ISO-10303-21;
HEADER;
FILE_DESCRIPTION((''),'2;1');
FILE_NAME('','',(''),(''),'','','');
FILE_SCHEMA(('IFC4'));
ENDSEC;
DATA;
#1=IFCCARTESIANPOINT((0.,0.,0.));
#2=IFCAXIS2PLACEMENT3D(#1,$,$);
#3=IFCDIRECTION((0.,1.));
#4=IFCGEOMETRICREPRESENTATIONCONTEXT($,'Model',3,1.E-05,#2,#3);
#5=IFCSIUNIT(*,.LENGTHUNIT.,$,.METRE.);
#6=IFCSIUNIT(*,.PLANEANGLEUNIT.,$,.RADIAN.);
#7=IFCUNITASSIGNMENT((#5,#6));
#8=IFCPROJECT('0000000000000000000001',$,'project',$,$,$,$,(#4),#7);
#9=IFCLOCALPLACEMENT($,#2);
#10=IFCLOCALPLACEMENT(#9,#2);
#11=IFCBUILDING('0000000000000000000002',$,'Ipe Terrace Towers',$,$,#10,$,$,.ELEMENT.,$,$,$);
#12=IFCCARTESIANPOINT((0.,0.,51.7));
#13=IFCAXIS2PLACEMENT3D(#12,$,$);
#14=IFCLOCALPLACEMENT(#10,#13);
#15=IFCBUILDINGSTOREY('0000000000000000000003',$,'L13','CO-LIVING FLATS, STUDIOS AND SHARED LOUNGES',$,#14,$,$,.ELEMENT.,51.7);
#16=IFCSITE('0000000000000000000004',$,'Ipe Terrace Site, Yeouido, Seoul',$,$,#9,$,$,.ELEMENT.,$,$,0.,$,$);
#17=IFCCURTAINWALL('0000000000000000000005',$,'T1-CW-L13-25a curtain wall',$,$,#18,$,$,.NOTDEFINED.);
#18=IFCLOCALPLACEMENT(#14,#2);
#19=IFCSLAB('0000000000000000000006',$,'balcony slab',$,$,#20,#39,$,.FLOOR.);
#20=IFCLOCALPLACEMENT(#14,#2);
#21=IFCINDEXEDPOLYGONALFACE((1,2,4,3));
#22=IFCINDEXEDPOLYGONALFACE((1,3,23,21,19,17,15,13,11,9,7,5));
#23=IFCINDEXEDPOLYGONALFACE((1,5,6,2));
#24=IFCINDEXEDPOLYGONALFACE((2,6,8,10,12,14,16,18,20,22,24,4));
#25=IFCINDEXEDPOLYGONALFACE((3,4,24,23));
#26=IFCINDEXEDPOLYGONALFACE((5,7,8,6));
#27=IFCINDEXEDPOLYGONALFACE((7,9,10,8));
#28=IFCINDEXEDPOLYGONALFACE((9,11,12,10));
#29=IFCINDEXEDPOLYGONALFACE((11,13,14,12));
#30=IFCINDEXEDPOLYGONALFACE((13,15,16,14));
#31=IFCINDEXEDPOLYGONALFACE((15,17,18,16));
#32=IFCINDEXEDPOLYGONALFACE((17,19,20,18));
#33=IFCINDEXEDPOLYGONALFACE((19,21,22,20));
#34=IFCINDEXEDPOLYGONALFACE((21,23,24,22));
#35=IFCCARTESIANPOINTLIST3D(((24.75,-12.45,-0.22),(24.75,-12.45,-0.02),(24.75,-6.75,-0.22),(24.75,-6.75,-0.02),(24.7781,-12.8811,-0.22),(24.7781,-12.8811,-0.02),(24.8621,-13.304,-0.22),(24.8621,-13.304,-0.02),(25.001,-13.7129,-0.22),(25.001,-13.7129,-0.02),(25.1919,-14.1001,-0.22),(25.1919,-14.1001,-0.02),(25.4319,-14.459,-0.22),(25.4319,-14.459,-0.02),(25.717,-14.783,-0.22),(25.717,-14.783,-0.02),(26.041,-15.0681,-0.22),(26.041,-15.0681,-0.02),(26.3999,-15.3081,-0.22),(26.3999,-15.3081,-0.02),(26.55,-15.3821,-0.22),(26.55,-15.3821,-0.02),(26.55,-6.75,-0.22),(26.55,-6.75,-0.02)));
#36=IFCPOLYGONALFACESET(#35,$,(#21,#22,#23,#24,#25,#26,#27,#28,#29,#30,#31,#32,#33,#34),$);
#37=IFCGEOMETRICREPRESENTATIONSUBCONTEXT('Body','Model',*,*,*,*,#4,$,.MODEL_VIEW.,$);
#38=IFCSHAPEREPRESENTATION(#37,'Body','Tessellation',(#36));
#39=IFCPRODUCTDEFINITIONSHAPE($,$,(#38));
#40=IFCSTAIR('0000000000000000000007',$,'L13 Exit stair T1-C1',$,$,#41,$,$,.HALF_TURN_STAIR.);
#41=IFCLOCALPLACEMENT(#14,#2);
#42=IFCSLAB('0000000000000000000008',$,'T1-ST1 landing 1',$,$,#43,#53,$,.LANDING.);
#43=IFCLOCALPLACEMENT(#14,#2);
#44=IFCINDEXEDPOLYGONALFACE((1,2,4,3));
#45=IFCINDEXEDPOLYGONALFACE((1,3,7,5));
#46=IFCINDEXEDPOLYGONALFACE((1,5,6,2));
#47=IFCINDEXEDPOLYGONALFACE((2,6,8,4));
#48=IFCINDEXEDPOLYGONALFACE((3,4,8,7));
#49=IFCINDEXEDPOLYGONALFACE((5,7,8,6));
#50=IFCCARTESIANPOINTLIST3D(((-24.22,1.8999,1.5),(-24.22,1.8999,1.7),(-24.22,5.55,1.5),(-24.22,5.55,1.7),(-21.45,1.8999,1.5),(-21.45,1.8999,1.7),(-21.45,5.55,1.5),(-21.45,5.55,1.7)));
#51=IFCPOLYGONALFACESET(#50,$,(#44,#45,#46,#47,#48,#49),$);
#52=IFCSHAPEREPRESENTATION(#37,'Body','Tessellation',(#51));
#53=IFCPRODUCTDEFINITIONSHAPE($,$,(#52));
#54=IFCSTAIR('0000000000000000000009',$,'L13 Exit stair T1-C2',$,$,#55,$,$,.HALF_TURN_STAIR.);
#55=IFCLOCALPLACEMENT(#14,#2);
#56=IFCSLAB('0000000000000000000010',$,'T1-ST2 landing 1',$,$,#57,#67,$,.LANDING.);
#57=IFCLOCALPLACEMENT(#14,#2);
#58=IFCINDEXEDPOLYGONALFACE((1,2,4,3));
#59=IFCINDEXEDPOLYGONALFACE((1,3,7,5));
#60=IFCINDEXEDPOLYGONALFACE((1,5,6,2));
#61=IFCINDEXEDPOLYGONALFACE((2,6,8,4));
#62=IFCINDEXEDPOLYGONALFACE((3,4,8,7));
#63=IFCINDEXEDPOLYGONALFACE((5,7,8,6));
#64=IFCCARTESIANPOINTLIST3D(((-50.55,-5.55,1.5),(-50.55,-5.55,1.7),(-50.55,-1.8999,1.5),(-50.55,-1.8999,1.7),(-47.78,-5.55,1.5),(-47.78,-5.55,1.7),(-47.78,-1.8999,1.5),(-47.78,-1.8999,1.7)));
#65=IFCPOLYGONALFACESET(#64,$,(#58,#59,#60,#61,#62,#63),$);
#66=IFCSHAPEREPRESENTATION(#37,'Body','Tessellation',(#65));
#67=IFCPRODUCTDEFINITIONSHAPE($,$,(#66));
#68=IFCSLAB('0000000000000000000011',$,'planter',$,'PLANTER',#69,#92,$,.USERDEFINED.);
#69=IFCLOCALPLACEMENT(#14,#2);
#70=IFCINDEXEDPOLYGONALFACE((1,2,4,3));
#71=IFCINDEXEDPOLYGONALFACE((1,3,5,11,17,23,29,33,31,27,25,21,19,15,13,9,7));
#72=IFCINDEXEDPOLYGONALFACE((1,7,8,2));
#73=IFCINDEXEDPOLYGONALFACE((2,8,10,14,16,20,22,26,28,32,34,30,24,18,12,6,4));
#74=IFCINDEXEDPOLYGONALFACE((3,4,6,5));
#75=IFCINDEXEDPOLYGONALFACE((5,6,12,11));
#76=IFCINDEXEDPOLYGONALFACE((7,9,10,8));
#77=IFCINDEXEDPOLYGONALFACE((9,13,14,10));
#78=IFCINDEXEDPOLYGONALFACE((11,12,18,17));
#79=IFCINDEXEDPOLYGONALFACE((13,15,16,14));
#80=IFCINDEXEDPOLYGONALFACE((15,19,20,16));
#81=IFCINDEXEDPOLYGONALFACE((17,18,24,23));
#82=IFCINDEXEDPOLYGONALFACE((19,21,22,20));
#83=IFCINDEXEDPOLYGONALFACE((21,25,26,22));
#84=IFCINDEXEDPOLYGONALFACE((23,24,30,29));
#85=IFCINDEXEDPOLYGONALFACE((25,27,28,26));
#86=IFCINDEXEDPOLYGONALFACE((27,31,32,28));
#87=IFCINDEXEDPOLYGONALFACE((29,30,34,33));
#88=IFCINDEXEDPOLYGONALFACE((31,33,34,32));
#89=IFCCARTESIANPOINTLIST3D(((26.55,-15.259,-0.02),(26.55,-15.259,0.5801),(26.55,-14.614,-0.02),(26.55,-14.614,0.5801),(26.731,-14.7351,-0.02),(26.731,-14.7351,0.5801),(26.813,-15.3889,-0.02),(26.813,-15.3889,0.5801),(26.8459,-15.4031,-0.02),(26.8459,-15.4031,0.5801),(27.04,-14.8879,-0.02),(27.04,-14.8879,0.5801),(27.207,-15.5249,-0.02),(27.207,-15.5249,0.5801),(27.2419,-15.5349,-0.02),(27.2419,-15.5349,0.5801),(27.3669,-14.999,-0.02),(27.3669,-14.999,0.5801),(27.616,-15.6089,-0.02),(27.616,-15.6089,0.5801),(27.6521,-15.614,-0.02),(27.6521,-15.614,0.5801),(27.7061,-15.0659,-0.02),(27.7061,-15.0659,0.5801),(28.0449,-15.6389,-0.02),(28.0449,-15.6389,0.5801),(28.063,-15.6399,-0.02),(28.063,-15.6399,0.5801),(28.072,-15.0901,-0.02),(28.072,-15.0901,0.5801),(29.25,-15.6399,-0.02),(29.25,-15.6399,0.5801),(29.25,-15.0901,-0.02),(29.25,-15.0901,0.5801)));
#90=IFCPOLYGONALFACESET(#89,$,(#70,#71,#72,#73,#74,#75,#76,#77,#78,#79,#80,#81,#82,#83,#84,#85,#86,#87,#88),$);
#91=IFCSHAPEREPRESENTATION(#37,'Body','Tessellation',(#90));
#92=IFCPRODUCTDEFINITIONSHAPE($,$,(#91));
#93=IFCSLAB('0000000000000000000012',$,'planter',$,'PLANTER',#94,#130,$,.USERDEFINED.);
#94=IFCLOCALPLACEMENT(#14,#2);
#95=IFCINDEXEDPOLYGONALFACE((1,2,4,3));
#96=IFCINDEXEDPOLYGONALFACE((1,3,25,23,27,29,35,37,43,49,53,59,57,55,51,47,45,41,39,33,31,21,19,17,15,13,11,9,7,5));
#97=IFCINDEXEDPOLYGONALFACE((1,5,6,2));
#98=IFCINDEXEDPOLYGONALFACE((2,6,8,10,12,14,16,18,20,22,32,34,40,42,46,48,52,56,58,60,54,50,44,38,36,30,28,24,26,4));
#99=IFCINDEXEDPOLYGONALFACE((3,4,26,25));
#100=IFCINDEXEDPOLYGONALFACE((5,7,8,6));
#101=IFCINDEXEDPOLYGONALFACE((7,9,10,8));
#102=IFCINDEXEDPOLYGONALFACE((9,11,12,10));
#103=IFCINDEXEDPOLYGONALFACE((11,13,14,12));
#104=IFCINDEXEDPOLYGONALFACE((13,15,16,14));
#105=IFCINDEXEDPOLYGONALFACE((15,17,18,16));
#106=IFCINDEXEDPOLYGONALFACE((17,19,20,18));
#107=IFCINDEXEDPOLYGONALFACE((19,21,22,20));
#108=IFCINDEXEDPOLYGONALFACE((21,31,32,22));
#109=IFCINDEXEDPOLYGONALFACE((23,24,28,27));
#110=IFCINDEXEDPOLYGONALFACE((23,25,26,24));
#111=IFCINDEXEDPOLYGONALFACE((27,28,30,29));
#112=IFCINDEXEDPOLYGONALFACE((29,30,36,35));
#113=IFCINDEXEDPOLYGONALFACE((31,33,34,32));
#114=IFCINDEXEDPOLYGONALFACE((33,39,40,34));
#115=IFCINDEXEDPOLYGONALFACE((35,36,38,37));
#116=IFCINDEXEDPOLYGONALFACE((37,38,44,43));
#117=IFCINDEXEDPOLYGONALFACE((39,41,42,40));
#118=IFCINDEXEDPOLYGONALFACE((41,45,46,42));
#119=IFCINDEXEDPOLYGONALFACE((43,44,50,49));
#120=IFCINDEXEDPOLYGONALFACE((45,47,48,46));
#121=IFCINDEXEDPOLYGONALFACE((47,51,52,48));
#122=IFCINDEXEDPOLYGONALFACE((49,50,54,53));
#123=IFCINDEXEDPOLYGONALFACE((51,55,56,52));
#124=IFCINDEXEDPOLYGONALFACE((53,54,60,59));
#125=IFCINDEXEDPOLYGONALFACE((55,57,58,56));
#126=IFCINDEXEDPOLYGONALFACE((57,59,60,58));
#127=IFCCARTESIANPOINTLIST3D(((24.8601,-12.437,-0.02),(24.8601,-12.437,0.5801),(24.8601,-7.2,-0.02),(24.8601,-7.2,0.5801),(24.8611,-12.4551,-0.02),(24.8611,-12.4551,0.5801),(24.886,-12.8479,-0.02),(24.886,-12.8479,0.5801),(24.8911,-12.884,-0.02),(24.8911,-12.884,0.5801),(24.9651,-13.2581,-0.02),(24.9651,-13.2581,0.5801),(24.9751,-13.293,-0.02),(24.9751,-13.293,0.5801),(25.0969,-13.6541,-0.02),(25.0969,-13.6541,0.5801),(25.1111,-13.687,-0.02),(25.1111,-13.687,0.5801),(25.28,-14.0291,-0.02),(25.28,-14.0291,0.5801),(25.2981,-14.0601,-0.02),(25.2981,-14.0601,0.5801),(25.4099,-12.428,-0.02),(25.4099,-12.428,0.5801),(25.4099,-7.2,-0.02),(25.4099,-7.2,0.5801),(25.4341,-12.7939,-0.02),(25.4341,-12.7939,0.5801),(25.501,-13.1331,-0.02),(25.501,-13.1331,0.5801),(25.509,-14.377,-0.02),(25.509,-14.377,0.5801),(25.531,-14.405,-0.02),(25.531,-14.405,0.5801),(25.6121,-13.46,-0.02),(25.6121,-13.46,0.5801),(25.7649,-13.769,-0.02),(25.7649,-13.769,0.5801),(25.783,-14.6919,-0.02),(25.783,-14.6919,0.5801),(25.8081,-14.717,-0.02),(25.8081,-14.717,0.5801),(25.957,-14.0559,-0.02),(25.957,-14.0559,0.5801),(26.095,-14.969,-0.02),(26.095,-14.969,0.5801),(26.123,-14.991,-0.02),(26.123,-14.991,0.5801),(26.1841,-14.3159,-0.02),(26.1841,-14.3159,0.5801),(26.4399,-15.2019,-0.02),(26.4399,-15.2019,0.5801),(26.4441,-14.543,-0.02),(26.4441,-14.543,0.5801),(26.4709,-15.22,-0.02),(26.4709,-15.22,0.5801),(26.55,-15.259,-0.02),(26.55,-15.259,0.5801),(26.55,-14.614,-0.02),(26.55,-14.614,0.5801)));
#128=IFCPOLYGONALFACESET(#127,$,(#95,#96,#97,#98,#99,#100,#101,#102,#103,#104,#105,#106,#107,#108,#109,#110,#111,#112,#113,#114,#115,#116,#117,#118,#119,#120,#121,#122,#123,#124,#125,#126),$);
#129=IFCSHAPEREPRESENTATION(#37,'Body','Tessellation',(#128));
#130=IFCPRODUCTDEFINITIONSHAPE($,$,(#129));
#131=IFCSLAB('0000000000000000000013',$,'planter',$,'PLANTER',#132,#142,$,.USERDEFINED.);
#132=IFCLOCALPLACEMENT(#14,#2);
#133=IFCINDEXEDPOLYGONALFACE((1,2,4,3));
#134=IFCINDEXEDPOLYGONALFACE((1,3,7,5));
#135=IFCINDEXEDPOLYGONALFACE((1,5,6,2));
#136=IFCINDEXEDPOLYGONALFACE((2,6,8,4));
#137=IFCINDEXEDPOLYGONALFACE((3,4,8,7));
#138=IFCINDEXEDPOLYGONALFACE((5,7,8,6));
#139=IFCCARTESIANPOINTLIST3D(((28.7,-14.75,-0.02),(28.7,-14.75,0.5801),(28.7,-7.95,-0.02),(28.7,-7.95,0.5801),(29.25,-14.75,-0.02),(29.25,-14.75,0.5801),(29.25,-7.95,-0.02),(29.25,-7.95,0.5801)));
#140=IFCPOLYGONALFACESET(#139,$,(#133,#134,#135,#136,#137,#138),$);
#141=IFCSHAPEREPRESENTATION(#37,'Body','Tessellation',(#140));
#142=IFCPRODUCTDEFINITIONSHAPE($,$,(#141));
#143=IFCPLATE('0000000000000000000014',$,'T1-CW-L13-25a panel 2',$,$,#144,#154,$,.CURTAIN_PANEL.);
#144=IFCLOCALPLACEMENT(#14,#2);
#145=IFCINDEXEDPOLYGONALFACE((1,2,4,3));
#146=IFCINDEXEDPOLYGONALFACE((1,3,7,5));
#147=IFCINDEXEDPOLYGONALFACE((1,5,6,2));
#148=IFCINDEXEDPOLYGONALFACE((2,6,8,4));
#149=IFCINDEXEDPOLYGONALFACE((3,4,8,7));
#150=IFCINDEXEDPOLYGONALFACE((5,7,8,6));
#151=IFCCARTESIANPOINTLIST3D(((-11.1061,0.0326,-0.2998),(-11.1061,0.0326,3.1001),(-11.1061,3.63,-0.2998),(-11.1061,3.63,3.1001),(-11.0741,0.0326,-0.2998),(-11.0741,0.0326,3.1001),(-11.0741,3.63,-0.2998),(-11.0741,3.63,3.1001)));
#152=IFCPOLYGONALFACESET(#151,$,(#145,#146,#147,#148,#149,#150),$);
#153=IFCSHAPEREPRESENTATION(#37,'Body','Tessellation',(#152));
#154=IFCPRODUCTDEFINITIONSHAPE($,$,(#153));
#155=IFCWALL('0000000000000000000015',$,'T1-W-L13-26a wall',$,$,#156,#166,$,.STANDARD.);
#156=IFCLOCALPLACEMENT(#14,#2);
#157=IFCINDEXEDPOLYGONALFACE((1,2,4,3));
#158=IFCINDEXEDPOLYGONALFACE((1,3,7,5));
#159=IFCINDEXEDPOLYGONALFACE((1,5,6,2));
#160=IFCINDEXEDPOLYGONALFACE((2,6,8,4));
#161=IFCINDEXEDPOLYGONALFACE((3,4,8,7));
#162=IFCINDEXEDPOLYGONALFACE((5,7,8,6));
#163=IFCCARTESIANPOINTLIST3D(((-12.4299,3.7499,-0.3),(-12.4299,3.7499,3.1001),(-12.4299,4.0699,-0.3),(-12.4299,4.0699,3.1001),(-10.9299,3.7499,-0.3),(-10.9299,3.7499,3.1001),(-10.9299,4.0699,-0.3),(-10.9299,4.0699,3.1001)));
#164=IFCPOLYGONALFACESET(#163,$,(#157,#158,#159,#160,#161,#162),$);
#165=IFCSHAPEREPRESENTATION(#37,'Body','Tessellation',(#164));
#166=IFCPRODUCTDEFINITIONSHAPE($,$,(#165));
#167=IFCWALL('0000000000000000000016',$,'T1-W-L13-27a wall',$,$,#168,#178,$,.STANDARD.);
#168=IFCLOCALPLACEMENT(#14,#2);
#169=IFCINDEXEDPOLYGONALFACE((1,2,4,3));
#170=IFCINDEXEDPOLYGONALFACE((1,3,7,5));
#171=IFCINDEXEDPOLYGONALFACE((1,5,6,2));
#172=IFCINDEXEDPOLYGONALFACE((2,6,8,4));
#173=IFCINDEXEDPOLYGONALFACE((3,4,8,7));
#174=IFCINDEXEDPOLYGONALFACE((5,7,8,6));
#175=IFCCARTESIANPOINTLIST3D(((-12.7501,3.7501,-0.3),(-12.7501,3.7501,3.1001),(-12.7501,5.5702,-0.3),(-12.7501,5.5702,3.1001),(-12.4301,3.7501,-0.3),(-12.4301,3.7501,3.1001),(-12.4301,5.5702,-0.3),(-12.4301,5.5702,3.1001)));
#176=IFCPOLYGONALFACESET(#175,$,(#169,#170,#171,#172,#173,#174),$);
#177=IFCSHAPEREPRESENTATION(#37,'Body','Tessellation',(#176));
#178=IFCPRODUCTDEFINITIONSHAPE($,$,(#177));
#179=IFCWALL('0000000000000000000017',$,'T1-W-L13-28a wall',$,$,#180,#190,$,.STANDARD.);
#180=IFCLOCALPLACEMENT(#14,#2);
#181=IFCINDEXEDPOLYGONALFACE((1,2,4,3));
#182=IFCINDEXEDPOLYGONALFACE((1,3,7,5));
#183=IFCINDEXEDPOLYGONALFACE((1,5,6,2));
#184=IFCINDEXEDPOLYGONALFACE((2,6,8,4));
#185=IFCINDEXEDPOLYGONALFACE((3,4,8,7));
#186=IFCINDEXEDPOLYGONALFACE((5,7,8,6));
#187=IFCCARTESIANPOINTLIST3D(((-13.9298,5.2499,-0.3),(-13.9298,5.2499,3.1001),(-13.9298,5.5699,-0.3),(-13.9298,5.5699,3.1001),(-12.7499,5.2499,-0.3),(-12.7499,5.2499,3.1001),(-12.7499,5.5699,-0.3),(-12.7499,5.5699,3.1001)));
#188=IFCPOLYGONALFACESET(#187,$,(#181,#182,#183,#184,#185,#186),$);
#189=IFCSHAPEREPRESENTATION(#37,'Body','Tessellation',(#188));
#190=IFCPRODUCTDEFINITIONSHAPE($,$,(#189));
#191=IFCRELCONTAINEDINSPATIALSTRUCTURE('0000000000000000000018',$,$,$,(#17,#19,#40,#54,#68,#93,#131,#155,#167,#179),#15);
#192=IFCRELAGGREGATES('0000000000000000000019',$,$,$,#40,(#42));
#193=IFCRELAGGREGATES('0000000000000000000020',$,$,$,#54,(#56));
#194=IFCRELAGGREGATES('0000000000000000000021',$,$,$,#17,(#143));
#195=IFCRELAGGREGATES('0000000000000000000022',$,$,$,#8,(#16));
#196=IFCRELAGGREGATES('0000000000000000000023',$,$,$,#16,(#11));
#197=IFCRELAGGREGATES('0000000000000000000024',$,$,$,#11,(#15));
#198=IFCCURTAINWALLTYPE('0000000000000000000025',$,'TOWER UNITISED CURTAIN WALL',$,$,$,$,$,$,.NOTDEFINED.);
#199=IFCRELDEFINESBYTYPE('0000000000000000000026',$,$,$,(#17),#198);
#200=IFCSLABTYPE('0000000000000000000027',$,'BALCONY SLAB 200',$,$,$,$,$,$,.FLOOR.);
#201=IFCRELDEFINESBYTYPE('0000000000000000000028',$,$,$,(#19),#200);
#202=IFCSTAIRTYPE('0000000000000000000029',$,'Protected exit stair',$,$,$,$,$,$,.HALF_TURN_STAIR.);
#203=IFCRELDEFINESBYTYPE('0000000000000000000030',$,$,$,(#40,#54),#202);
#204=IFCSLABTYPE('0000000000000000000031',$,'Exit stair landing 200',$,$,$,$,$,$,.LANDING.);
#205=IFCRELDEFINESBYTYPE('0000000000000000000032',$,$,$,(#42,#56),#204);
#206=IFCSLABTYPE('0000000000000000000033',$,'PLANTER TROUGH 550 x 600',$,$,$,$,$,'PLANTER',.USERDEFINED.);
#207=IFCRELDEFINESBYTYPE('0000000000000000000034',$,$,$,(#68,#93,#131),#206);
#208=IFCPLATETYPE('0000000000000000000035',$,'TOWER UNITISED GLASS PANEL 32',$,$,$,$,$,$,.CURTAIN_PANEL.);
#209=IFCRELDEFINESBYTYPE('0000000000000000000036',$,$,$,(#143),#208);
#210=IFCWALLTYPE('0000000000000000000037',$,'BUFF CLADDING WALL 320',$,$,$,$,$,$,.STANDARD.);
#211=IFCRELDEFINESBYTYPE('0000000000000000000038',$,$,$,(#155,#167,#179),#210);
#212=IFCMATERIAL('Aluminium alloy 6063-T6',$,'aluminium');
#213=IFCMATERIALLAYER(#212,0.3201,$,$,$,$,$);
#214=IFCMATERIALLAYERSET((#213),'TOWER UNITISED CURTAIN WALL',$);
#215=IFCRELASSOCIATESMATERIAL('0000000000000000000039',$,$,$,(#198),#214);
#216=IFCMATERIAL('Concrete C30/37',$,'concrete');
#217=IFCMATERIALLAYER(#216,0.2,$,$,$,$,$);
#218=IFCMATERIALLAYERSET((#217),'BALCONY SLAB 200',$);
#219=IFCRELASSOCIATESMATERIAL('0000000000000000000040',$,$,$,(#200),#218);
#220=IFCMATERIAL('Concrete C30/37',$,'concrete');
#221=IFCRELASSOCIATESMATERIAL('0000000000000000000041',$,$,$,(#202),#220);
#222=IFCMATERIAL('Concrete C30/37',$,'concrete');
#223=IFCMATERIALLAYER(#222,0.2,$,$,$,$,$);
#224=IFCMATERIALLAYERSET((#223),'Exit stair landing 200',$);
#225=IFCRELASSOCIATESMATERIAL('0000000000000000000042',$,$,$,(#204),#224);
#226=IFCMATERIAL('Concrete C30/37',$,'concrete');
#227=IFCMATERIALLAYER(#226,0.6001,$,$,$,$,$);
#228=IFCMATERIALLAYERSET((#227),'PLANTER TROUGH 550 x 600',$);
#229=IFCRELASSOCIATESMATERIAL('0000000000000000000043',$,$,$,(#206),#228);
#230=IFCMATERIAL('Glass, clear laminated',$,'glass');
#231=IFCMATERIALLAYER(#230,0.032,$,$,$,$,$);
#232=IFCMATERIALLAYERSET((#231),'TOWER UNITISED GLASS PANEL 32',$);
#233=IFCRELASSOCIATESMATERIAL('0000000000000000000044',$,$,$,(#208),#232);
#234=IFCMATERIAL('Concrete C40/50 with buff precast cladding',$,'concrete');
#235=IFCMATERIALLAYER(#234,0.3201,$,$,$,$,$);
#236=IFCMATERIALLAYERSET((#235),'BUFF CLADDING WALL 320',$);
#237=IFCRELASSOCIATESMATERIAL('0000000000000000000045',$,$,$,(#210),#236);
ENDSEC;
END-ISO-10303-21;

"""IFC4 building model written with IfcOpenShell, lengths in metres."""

from ifc_helpers import new_model, si_unit, direction, frame, frame_2d, origin, origin_2d, place, context, subcontext, project, spatial, polyline, rectangle, outline, extrude, material, layer, layer_set, type_object, element, aggregate, save


model = new_model("IFC4")

# Units and contexts
model_context = context("Model", 3, precision=1e-05, world=origin(), true_north=direction((0.0, 1.0)))
body_context = subcontext(model_context, "Body", "Model", "MODEL_VIEW")
ifc_project = project(units=[si_unit("LENGTHUNIT", "METRE"), si_unit("PLANEANGLEUNIT", "RADIAN")], contexts=[model_context])

# Site, building, storey
site_placement = place(None, origin())
site = spatial("IfcSite", under=ifc_project, at=site_placement, Name="Ipe Terrace Site, Yeouido, Seoul", CompositionType="ELEMENT", RefElevation=0.0)
building_placement = place(site_placement, origin())
building = spatial("IfcBuilding", under=site, at=building_placement, Name="Ipe Terrace Towers", CompositionType="ELEMENT")
storey_placement = place(building_placement, frame((0.0, 0.0, 51.7)))
storey = spatial("IfcBuildingStorey", under=building, at=storey_placement, Name="L13", Description="CO-LIVING FLATS, STUDIOS AND SHARED LOUNGES", CompositionType="ELEMENT", Elevation=51.7)

# Curtain wall
ifc_material_1 = material(Name="Aluminium alloy 6063-T6", Category="aluminium")
ifc_layer_1 = layer(ifc_material_1, 0.3201)
ifc_layer_set_1 = layer_set([ifc_layer_1], Name="TOWER UNITISED CURTAIN WALL")
curtain_wall_type = type_object("IfcCurtainWallType", Name="TOWER UNITISED CURTAIN WALL", PredefinedType="NOTDEFINED", material=ifc_layer_set_1)
curtain_wall_1_placement = place(storey_placement, origin())
curtain_wall_1 = element("IfcCurtainWall", 1, at=curtain_wall_1_placement, inside=storey, type_object=curtain_wall_type, Name="T1-CW-L13-25a curtain wall", PredefinedType="NOTDEFINED")

# Slab
ifc_material_2 = material(Name="Concrete C30/37", Category="concrete")
ifc_layer_2 = layer(ifc_material_2, 0.2)
ifc_layer_set_2 = layer_set([ifc_layer_2], Name="BALCONY SLAB 200")
slab_type_1 = type_object("IfcSlabType", Name="BALCONY SLAB 200", PredefinedType="FLOOR", material=ifc_layer_set_2)
slab_1_placement = place(storey_placement, frame((0.0, 0.0, -0.22)))
element("IfcSlab", 2, at=slab_1_placement, inside=storey, type_object=slab_type_1, Name="balcony slab", PredefinedType="FLOOR", context=body_context, shape_type="SweptSolid", body=[
    extrude(outline(polyline([(24.75, -6.75), (24.75, -12.45), (24.7781, -12.8811), (24.8621, -13.304), (25.001, -13.7129), (25.1919, -14.1001), (25.4319, -14.459), (25.717, -14.783), (26.041, -15.0681), (26.3999, -15.3081), (26.55, -15.3821), (26.55, -6.75), (24.75, -6.75)])), origin(), (0.0, 0.0, 1.0), 0.2),
])

# Stairs, slabs
ifc_material_3 = material(Name="Concrete C30/37", Category="concrete")
stair_type = type_object("IfcStairType", Name="Protected exit stair", PredefinedType="HALF_TURN_STAIR", material=ifc_material_3)
stair_1_placement = place(storey_placement, origin())
stair_1 = element("IfcStair", 3, at=stair_1_placement, inside=storey, type_object=stair_type, Name="L13 Exit stair T1-C1", PredefinedType="HALF_TURN_STAIR")
ifc_material_4 = material(Name="Concrete C30/37", Category="concrete")
ifc_layer_3 = layer(ifc_material_4, 0.2)
ifc_layer_set_3 = layer_set([ifc_layer_3], Name="Exit stair landing 200")
slab_type_2 = type_object("IfcSlabType", Name="Exit stair landing 200", PredefinedType="LANDING", material=ifc_layer_set_3)
slab_2_placement = place(storey_placement, frame((0.0, 0.0, 1.5)))
slab_2 = element("IfcSlab", 4, at=slab_2_placement, type_object=slab_type_2, Name="T1-ST1 landing 1", PredefinedType="LANDING", context=body_context, shape_type="SweptSolid", body=[
    extrude(outline(polyline([(-24.22, 1.8999), (-21.45, 1.8999), (-21.45, 5.55), (-24.22, 5.55), (-24.22, 1.8999)])), origin(), (0.0, 0.0, 1.0), 0.2),
])
aggregate(stair_1, [slab_2])
stair_2_placement = place(storey_placement, origin())
stair_2 = element("IfcStair", 5, at=stair_2_placement, inside=storey, type_object=stair_type, Name="L13 Exit stair T1-C2", PredefinedType="HALF_TURN_STAIR")
slab_3_placement = place(storey_placement, frame((0.0, 0.0, 1.5)))
slab_3 = element("IfcSlab", 6, at=slab_3_placement, type_object=slab_type_2, Name="T1-ST2 landing 1", PredefinedType="LANDING", context=body_context, shape_type="SweptSolid", body=[
    extrude(outline(polyline([(-47.78, -1.8999), (-50.55, -1.8999), (-50.55, -5.55), (-47.78, -5.55), (-47.78, -1.8999)])), origin(), (0.0, 0.0, 1.0), 0.2),
])
aggregate(stair_2, [slab_3])

# Slabs
ifc_material_5 = material(Name="Concrete C30/37", Category="concrete")
ifc_layer_4 = layer(ifc_material_5, 0.6001)
ifc_layer_set_4 = layer_set([ifc_layer_4], Name="PLANTER TROUGH 550 x 600")
slab_type_3 = type_object("IfcSlabType", Name="PLANTER TROUGH 550 x 600", ElementType="PLANTER", PredefinedType="USERDEFINED", material=ifc_layer_set_4)
slab_4_placement = place(storey_placement, frame((0.0, 0.0, -0.02)))
element("IfcSlab", 7, at=slab_4_placement, inside=storey, type_object=slab_type_3, Name="planter", ObjectType="PLANTER", PredefinedType="USERDEFINED", context=body_context, shape_type="SweptSolid", body=[
    extrude(outline(polyline([(27.3669, -14.999), (27.04, -14.8879), (26.731, -14.7351), (26.55, -14.614), (26.55, -15.259), (26.813, -15.3889), (26.8459, -15.4031), (27.207, -15.5249), (27.2419, -15.5349), (27.616, -15.6089), (27.6521, -15.614), (28.0449, -15.6389), (28.063, -15.6399), (29.25, -15.6399), (29.25, -15.0901), (28.072, -15.0901), (27.7061, -15.0659), (27.3669, -14.999)])), origin(), (0.0, 0.0, 1.0), 0.6001),
])
slab_5_placement = place(storey_placement, frame((0.0, 0.0, -0.02)))
element("IfcSlab", 8, at=slab_5_placement, inside=storey, type_object=slab_type_3, Name="planter", ObjectType="PLANTER", PredefinedType="USERDEFINED", context=body_context, shape_type="SweptSolid", body=[
    extrude(outline(polyline([(26.4441, -14.543), (26.1841, -14.3159), (25.957, -14.0559), (25.7649, -13.769), (25.6121, -13.46), (25.501, -13.1331), (25.4341, -12.7939), (25.4099, -12.428), (25.4099, -7.2), (24.8601, -7.2), (24.8601, -12.437), (24.8611, -12.4551), (24.886, -12.8479), (24.8911, -12.884), (24.9651, -13.2581), (24.9751, -13.293), (25.0969, -13.6541), (25.1111, -13.687), (25.28, -14.0291), (25.2981, -14.0601), (25.509, -14.377), (25.531, -14.405), (25.783, -14.6919), (25.8081, -14.717), (26.095, -14.969), (26.123, -14.991), (26.4399, -15.2019), (26.4709, -15.22), (26.55, -15.259), (26.55, -14.614), (26.4441, -14.543)])), origin(), (0.0, 0.0, 1.0), 0.6001),
])
slab_6_placement = place(storey_placement, frame((0.0, 0.0, -0.02)))
element("IfcSlab", 9, at=slab_6_placement, inside=storey, type_object=slab_type_3, Name="planter", ObjectType="PLANTER", PredefinedType="USERDEFINED", context=body_context, shape_type="SweptSolid", body=[
    extrude(outline(polyline([(29.25, -7.95), (28.7, -7.95), (28.7, -14.75), (29.25, -14.75), (29.25, -7.95)])), origin(), (0.0, 0.0, 1.0), 0.6001),
])

# Plate
ifc_material_6 = material(Name="Glass, clear laminated", Category="glass")
ifc_layer_5 = layer(ifc_material_6, 0.032)
ifc_layer_set_5 = layer_set([ifc_layer_5], Name="TOWER UNITISED GLASS PANEL 32")
plate_type = type_object("IfcPlateType", Name="TOWER UNITISED GLASS PANEL 32", PredefinedType="CURTAIN_PANEL", material=ifc_layer_set_5)
plate_placement = place(storey_placement, frame((-11.0901, 1.8313, -0.2998), z_axis=(0.0, 0.0, 1.0), x_axis=(0.0, 1.0, 0.0)))
plate = element("IfcPlate", 10, at=plate_placement, type_object=plate_type, Name="T1-CW-L13-25a panel 2", PredefinedType="CURTAIN_PANEL", context=body_context, shape_type="SweptSolid", body=[
    extrude(rectangle(XDim=3.5974, YDim=0.032, at=origin_2d()), origin(), (0.0, 0.0, 1.0), 3.3999),
])
aggregate(curtain_wall_1, [plate])

# Walls
ifc_material_7 = material(Name="Concrete C40/50 with buff precast cladding", Category="concrete")
ifc_layer_6 = layer(ifc_material_7, 0.3201)
ifc_layer_set_6 = layer_set([ifc_layer_6], Name="BUFF CLADDING WALL 320")
wall_type = type_object("IfcWallType", Name="BUFF CLADDING WALL 320", PredefinedType="STANDARD", material=ifc_layer_set_6)
wall_1_placement = place(storey_placement, frame((-10.9299, 3.9099, -0.3), z_axis=(0.0, 0.0, 1.0), x_axis=(-1.0, 0.0, 0.0)))
element("IfcWall", 11, at=wall_1_placement, inside=storey, type_object=wall_type, Name="T1-W-L13-26a wall", PredefinedType="STANDARD", context=body_context, shape_type="SweptSolid", body=[
    extrude(rectangle(XDim=1.5, YDim=0.3201, at=frame_2d((0.75, 0.0))), origin(), (0.0, 0.0, 1.0), 3.4001),
])
wall_2_placement = place(storey_placement, frame((-12.5901, 3.75, -0.3), z_axis=(0.0, 0.0, 1.0), x_axis=(0.0, 1.0, 0.0)))
element("IfcWall", 12, at=wall_2_placement, inside=storey, type_object=wall_type, Name="T1-W-L13-27a wall", PredefinedType="STANDARD", context=body_context, shape_type="SweptSolid", body=[
    extrude(rectangle(XDim=1.8201, YDim=0.3201, at=frame_2d((0.9102, 0.0))), origin(), (0.0, 0.0, 1.0), 3.4001),
])
wall_3_placement = place(storey_placement, frame((-12.75, 5.4099, -0.3), z_axis=(0.0, 0.0, 1.0), x_axis=(-1.0, 0.0, 0.0)))
element("IfcWall", 13, at=wall_3_placement, inside=storey, type_object=wall_type, Name="T1-W-L13-28a wall", PredefinedType="STANDARD", context=body_context, shape_type="SweptSolid", body=[
    extrude(rectangle(XDim=1.1799, YDim=0.3201, at=frame_2d((0.5898, 0.0))), origin(), (0.0, 0.0, 1.0), 3.4001),
])

save(model, "model.ifc")
